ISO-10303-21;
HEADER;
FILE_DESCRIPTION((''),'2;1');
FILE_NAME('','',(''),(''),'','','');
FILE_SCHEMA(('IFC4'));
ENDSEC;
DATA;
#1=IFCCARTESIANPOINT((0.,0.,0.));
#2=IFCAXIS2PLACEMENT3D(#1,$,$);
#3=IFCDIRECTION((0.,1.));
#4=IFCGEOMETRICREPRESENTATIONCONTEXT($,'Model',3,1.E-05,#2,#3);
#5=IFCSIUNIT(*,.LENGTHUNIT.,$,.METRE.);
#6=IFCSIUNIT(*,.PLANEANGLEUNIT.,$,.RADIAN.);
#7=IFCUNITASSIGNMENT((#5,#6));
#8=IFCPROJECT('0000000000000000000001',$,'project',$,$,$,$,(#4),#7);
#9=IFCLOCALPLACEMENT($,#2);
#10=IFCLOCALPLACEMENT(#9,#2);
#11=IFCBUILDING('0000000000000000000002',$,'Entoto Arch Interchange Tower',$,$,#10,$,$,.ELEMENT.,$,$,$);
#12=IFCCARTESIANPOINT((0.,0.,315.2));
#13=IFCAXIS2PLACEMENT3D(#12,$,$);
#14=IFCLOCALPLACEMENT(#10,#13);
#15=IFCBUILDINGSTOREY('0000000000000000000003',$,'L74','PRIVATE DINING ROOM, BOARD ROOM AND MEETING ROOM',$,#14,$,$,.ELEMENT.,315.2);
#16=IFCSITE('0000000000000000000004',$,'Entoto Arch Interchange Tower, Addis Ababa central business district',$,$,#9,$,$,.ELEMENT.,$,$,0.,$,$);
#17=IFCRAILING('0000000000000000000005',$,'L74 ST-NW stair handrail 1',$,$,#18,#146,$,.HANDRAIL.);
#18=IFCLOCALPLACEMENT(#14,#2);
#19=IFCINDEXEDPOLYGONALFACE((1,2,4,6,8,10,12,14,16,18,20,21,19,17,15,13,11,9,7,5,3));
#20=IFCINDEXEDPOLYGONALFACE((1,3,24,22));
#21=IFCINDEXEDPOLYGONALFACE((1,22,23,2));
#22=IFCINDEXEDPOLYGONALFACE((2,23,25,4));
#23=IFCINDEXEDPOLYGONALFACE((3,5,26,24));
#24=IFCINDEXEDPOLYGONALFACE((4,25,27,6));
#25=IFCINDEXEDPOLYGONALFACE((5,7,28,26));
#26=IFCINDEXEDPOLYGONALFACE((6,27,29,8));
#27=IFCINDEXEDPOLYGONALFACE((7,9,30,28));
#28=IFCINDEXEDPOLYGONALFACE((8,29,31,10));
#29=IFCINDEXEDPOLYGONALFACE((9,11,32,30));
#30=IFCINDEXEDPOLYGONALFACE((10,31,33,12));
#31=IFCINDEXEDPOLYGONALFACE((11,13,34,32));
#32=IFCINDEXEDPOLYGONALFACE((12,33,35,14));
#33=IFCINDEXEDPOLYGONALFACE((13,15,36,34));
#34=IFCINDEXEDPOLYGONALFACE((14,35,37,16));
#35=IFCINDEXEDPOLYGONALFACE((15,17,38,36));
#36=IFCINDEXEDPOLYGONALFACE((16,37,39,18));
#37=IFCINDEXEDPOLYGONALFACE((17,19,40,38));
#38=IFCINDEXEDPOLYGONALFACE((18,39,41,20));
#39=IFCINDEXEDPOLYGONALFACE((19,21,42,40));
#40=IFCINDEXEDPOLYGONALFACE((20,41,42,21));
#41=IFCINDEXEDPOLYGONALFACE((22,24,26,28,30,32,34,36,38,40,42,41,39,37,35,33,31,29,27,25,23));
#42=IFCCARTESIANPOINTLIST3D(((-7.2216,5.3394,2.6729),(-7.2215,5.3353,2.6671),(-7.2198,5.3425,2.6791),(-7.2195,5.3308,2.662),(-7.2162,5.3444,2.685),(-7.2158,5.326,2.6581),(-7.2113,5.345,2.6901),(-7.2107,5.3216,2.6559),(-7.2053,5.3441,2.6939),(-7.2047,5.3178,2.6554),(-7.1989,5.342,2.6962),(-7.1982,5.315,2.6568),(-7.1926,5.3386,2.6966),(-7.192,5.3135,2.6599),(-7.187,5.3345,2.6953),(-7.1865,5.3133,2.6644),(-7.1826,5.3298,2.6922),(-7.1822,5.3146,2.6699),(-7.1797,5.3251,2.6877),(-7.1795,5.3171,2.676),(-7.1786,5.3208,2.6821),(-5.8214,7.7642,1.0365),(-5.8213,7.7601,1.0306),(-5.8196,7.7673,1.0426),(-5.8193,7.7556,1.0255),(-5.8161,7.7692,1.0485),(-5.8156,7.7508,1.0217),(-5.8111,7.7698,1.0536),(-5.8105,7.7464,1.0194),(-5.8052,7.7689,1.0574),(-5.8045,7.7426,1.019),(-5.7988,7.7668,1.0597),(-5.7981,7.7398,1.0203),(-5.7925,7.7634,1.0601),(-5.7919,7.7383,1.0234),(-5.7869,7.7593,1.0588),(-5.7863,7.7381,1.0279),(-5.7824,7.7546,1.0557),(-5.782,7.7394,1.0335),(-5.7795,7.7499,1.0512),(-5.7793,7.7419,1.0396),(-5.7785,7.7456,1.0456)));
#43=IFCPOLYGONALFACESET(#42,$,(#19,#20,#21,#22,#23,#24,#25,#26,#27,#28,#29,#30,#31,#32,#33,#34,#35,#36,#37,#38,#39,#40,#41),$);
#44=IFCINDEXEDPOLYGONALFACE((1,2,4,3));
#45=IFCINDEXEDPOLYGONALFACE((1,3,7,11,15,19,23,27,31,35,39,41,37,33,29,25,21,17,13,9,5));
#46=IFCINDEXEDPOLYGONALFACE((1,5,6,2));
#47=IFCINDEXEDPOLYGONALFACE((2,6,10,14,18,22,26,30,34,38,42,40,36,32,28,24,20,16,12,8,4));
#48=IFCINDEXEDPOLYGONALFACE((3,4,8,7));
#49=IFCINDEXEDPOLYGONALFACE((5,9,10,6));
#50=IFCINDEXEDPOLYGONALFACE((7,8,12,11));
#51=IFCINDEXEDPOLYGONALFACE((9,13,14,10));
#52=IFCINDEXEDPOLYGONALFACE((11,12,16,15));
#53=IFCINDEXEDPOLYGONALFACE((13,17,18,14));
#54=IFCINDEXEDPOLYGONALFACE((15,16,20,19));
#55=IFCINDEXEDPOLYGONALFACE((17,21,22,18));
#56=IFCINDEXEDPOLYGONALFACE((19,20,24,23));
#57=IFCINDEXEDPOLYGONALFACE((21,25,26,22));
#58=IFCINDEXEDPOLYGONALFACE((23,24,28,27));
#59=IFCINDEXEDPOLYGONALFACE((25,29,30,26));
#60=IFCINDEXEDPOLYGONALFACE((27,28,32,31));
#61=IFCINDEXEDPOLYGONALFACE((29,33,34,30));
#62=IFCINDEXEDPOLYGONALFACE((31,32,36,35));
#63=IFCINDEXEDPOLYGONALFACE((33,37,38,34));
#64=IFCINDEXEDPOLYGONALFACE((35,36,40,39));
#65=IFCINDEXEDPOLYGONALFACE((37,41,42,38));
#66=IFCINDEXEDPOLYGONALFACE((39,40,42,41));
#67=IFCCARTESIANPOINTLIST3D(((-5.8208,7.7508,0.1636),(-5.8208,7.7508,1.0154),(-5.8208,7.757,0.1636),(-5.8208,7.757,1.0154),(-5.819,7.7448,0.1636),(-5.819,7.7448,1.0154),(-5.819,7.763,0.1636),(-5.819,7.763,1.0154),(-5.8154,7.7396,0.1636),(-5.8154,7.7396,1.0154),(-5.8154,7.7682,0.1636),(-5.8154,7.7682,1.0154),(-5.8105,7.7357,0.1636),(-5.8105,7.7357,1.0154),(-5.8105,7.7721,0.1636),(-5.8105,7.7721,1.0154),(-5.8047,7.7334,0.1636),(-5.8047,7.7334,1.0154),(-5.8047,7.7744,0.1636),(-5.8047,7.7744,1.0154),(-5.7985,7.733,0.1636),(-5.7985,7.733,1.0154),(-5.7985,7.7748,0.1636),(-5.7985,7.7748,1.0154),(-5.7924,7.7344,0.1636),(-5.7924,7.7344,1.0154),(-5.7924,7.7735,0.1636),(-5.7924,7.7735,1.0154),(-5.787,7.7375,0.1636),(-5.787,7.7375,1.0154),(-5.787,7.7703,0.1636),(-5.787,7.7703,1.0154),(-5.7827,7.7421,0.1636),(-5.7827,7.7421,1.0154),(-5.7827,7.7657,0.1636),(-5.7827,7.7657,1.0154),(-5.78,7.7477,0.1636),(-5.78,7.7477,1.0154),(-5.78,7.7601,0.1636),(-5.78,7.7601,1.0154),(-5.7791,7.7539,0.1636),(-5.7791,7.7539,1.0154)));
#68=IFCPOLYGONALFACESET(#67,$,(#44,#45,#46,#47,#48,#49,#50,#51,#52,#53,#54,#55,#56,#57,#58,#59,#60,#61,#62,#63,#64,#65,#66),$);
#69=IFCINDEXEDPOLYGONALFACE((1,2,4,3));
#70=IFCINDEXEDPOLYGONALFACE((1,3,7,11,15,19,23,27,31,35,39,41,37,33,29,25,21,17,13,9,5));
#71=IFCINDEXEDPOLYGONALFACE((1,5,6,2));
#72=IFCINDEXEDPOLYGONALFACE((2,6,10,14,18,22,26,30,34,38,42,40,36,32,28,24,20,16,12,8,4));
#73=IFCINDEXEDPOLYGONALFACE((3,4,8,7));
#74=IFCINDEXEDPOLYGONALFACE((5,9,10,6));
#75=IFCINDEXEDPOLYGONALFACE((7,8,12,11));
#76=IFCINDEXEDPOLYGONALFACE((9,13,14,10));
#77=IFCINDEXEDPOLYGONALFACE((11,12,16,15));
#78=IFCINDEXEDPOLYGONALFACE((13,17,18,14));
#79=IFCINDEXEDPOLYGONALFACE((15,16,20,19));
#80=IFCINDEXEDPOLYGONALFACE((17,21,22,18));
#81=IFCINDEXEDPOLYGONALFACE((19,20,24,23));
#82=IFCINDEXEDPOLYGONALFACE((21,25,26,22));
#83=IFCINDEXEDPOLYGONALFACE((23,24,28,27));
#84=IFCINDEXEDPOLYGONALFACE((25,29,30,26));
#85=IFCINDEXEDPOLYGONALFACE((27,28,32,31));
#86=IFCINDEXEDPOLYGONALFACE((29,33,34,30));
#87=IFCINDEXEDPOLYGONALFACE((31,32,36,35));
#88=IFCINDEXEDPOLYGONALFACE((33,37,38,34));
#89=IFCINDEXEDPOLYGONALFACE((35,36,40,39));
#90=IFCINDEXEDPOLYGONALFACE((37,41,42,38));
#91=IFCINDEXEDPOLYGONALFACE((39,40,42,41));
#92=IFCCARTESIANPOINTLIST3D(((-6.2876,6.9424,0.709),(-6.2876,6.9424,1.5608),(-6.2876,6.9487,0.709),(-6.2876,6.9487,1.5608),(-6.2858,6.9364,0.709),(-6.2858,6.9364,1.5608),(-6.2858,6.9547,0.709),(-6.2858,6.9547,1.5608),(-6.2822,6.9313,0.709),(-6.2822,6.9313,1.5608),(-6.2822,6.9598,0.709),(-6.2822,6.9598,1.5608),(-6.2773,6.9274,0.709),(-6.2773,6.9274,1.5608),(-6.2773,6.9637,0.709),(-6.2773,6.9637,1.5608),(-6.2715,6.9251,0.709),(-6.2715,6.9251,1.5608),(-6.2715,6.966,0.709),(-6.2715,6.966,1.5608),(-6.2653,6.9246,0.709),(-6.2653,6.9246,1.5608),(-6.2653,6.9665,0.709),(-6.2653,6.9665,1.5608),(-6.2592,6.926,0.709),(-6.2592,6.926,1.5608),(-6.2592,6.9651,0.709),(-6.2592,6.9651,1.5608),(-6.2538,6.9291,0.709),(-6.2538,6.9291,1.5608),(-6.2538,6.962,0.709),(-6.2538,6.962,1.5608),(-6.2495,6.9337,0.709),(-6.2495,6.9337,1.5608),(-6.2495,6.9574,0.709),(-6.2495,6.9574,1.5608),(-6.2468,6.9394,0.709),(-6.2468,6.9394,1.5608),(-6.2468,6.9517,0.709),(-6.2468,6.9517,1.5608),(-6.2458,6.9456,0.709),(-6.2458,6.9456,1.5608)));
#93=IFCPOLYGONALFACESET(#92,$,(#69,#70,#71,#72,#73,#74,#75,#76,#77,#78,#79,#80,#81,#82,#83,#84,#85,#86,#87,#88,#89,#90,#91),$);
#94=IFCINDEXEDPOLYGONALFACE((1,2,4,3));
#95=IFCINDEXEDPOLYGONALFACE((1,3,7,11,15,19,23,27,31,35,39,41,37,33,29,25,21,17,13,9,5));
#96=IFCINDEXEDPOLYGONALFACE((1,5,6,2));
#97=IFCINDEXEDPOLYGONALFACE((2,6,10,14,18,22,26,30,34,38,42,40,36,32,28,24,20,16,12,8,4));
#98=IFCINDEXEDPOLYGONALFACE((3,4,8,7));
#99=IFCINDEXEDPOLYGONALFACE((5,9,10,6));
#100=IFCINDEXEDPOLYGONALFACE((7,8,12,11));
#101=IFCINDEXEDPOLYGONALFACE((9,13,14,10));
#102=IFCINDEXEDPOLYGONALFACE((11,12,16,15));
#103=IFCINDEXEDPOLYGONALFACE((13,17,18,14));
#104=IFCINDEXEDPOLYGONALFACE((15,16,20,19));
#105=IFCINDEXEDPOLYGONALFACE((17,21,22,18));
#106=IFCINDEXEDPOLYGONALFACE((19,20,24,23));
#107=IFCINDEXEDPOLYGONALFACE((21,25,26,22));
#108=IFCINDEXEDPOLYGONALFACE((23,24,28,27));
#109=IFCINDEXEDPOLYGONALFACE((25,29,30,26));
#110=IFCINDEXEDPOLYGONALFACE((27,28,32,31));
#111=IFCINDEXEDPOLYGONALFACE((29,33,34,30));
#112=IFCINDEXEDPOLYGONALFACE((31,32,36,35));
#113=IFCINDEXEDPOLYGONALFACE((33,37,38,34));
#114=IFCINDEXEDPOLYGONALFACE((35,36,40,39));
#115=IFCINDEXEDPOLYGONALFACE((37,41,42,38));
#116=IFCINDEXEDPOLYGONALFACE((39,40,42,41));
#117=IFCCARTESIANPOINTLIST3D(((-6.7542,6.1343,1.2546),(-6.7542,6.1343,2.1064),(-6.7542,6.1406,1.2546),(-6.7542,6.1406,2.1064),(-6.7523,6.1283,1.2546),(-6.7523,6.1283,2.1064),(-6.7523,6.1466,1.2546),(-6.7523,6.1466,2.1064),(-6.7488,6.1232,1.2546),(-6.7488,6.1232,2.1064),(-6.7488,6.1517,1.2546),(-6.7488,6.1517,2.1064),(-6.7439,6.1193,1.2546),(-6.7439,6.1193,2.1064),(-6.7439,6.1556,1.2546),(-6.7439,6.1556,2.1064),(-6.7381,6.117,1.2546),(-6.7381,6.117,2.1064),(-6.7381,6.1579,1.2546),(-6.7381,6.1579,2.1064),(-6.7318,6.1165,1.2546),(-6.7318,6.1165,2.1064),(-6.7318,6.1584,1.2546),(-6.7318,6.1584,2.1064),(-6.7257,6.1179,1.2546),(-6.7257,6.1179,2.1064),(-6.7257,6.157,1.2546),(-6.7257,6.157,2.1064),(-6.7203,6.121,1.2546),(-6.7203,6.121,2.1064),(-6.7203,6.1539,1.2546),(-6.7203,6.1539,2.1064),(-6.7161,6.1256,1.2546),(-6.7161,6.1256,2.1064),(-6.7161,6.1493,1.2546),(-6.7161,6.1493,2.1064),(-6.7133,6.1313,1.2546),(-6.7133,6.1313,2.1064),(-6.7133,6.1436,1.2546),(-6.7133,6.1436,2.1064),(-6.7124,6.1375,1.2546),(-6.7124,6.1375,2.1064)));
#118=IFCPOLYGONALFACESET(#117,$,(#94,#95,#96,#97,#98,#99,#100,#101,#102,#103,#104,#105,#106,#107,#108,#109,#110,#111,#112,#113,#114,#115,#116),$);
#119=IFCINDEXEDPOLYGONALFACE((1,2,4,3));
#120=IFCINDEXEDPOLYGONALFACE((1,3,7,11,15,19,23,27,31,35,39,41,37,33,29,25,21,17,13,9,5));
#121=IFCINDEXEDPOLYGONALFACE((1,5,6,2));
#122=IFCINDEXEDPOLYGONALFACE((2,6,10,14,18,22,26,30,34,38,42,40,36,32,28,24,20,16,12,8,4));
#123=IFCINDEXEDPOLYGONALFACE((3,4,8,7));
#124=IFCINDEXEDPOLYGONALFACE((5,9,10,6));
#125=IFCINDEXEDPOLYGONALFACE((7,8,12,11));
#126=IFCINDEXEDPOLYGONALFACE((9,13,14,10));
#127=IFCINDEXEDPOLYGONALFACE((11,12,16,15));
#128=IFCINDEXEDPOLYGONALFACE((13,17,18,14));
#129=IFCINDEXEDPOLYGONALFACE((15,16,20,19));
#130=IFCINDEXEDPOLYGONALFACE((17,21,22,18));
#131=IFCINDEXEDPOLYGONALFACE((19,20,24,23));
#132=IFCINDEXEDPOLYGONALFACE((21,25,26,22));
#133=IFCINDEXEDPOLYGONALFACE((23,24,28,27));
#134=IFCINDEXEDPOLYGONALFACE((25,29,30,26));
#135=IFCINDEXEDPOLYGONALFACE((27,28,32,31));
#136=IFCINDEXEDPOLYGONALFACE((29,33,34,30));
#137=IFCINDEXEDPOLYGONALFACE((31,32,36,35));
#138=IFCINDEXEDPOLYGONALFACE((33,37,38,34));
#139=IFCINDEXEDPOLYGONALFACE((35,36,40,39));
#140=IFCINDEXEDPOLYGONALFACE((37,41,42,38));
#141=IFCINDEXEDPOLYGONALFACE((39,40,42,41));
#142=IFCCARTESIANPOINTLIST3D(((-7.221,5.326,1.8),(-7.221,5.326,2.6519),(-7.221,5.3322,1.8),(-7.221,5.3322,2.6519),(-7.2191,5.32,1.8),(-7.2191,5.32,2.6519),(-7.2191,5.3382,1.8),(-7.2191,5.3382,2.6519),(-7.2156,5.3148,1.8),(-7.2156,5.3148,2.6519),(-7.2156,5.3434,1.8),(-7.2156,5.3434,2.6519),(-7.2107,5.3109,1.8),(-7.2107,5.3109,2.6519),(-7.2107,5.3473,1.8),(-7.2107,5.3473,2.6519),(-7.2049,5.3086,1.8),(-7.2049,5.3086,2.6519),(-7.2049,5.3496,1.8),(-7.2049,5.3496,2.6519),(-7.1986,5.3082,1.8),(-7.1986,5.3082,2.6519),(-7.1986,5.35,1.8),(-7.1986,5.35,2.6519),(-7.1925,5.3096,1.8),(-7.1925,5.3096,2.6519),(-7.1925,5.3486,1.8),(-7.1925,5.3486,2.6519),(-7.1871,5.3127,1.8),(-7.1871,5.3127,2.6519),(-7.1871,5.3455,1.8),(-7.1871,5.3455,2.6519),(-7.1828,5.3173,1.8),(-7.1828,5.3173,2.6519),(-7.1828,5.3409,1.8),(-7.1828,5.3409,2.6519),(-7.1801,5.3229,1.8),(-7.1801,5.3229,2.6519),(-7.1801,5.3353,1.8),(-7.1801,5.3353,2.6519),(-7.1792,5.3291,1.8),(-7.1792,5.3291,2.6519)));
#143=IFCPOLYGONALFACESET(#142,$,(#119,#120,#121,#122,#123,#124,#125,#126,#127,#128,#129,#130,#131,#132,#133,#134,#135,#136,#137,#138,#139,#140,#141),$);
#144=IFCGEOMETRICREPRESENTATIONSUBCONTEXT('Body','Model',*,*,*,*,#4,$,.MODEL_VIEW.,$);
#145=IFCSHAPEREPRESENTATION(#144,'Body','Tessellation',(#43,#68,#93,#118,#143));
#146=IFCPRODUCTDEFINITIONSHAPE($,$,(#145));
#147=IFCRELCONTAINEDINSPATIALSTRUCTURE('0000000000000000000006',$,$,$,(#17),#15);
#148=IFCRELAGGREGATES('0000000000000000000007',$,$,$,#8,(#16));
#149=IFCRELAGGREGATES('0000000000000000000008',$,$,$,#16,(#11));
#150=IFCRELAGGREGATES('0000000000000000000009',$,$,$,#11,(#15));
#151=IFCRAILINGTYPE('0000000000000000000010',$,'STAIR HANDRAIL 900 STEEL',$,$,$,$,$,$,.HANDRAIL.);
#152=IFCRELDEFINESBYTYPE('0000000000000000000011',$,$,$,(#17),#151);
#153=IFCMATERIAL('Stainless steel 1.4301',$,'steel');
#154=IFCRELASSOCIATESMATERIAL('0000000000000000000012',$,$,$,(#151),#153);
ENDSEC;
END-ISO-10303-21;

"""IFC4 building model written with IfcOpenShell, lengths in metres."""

from ifc_helpers import new_model, si_unit, direction, frame, origin, origin_2d, place, context, subcontext, project, spatial, circle, extrude, material, type_object, element, save


model = new_model("IFC4")

# Units and contexts
model_context = context("Model", 3, precision=1e-05, world=origin(), true_north=direction((0.0, 1.0)))
body_context = subcontext(model_context, "Body", "Model", "MODEL_VIEW")
ifc_project = project(units=[si_unit("LENGTHUNIT", "METRE"), si_unit("PLANEANGLEUNIT", "RADIAN")], contexts=[model_context])

# Site, building, storey
site_placement = place(None, origin())
site = spatial("IfcSite", under=ifc_project, at=site_placement, Name="Entoto Arch Interchange Tower, Addis Ababa central business district", CompositionType="ELEMENT", RefElevation=0.0)
building_placement = place(site_placement, origin())
building = spatial("IfcBuilding", under=site, at=building_placement, Name="Entoto Arch Interchange Tower", CompositionType="ELEMENT")
storey_placement = place(building_placement, frame((0.0, 0.0, 315.2)))
storey = spatial("IfcBuildingStorey", under=building, at=storey_placement, Name="L74", Description="PRIVATE DINING ROOM, BOARD ROOM AND MEETING ROOM", CompositionType="ELEMENT", Elevation=315.2)

# Railing
ifc_material_1 = material(Name="Stainless steel 1.4301", Category="steel")
railing_type_1 = type_object("IfcRailingType", Name="STAIR HANDRAIL 900 STEEL", PredefinedType="HANDRAIL", material=ifc_material_1)
railing_1_placement = place(storey_placement, frame((-5.8, 7.7539, 0.1636)))
element("IfcRailing", 1, at=railing_1_placement, inside=storey, type_object=railing_type_1, Name="L74 ST-NW stair handrail 1", PredefinedType="HANDRAIL", context=body_context, shape_type="SweptSolid", body=[
    extrude(circle(Radius=0.0239, at=origin_2d()), frame((0.0, 0.0, 0.876), z_axis=(-0.431722, -0.747666, 0.504591), x_axis=(0.865997, -0.50005, 0.0)), (0.0, 0.0, 1.0), 3.2432),
    extrude(circle(Radius=0.021, at=origin_2d()), origin(), (0.0, 0.0, 1.0), 0.8518),
    extrude(circle(Radius=0.021, at=origin_2d()), frame((-0.4668, -0.8083, 0.5454)), (0.0, 0.0, 1.0), 0.8518),
    extrude(circle(Radius=0.021, at=origin_2d()), frame((-0.9333, -1.6165, 1.0911)), (0.0, 0.0, 1.0), 0.8518),
    extrude(circle(Radius=0.021, at=origin_2d()), frame((-1.4001, -2.4248, 1.6365)), (0.0, 0.0, 1.0), 0.8518),
])

save(model, "model.ifc")
